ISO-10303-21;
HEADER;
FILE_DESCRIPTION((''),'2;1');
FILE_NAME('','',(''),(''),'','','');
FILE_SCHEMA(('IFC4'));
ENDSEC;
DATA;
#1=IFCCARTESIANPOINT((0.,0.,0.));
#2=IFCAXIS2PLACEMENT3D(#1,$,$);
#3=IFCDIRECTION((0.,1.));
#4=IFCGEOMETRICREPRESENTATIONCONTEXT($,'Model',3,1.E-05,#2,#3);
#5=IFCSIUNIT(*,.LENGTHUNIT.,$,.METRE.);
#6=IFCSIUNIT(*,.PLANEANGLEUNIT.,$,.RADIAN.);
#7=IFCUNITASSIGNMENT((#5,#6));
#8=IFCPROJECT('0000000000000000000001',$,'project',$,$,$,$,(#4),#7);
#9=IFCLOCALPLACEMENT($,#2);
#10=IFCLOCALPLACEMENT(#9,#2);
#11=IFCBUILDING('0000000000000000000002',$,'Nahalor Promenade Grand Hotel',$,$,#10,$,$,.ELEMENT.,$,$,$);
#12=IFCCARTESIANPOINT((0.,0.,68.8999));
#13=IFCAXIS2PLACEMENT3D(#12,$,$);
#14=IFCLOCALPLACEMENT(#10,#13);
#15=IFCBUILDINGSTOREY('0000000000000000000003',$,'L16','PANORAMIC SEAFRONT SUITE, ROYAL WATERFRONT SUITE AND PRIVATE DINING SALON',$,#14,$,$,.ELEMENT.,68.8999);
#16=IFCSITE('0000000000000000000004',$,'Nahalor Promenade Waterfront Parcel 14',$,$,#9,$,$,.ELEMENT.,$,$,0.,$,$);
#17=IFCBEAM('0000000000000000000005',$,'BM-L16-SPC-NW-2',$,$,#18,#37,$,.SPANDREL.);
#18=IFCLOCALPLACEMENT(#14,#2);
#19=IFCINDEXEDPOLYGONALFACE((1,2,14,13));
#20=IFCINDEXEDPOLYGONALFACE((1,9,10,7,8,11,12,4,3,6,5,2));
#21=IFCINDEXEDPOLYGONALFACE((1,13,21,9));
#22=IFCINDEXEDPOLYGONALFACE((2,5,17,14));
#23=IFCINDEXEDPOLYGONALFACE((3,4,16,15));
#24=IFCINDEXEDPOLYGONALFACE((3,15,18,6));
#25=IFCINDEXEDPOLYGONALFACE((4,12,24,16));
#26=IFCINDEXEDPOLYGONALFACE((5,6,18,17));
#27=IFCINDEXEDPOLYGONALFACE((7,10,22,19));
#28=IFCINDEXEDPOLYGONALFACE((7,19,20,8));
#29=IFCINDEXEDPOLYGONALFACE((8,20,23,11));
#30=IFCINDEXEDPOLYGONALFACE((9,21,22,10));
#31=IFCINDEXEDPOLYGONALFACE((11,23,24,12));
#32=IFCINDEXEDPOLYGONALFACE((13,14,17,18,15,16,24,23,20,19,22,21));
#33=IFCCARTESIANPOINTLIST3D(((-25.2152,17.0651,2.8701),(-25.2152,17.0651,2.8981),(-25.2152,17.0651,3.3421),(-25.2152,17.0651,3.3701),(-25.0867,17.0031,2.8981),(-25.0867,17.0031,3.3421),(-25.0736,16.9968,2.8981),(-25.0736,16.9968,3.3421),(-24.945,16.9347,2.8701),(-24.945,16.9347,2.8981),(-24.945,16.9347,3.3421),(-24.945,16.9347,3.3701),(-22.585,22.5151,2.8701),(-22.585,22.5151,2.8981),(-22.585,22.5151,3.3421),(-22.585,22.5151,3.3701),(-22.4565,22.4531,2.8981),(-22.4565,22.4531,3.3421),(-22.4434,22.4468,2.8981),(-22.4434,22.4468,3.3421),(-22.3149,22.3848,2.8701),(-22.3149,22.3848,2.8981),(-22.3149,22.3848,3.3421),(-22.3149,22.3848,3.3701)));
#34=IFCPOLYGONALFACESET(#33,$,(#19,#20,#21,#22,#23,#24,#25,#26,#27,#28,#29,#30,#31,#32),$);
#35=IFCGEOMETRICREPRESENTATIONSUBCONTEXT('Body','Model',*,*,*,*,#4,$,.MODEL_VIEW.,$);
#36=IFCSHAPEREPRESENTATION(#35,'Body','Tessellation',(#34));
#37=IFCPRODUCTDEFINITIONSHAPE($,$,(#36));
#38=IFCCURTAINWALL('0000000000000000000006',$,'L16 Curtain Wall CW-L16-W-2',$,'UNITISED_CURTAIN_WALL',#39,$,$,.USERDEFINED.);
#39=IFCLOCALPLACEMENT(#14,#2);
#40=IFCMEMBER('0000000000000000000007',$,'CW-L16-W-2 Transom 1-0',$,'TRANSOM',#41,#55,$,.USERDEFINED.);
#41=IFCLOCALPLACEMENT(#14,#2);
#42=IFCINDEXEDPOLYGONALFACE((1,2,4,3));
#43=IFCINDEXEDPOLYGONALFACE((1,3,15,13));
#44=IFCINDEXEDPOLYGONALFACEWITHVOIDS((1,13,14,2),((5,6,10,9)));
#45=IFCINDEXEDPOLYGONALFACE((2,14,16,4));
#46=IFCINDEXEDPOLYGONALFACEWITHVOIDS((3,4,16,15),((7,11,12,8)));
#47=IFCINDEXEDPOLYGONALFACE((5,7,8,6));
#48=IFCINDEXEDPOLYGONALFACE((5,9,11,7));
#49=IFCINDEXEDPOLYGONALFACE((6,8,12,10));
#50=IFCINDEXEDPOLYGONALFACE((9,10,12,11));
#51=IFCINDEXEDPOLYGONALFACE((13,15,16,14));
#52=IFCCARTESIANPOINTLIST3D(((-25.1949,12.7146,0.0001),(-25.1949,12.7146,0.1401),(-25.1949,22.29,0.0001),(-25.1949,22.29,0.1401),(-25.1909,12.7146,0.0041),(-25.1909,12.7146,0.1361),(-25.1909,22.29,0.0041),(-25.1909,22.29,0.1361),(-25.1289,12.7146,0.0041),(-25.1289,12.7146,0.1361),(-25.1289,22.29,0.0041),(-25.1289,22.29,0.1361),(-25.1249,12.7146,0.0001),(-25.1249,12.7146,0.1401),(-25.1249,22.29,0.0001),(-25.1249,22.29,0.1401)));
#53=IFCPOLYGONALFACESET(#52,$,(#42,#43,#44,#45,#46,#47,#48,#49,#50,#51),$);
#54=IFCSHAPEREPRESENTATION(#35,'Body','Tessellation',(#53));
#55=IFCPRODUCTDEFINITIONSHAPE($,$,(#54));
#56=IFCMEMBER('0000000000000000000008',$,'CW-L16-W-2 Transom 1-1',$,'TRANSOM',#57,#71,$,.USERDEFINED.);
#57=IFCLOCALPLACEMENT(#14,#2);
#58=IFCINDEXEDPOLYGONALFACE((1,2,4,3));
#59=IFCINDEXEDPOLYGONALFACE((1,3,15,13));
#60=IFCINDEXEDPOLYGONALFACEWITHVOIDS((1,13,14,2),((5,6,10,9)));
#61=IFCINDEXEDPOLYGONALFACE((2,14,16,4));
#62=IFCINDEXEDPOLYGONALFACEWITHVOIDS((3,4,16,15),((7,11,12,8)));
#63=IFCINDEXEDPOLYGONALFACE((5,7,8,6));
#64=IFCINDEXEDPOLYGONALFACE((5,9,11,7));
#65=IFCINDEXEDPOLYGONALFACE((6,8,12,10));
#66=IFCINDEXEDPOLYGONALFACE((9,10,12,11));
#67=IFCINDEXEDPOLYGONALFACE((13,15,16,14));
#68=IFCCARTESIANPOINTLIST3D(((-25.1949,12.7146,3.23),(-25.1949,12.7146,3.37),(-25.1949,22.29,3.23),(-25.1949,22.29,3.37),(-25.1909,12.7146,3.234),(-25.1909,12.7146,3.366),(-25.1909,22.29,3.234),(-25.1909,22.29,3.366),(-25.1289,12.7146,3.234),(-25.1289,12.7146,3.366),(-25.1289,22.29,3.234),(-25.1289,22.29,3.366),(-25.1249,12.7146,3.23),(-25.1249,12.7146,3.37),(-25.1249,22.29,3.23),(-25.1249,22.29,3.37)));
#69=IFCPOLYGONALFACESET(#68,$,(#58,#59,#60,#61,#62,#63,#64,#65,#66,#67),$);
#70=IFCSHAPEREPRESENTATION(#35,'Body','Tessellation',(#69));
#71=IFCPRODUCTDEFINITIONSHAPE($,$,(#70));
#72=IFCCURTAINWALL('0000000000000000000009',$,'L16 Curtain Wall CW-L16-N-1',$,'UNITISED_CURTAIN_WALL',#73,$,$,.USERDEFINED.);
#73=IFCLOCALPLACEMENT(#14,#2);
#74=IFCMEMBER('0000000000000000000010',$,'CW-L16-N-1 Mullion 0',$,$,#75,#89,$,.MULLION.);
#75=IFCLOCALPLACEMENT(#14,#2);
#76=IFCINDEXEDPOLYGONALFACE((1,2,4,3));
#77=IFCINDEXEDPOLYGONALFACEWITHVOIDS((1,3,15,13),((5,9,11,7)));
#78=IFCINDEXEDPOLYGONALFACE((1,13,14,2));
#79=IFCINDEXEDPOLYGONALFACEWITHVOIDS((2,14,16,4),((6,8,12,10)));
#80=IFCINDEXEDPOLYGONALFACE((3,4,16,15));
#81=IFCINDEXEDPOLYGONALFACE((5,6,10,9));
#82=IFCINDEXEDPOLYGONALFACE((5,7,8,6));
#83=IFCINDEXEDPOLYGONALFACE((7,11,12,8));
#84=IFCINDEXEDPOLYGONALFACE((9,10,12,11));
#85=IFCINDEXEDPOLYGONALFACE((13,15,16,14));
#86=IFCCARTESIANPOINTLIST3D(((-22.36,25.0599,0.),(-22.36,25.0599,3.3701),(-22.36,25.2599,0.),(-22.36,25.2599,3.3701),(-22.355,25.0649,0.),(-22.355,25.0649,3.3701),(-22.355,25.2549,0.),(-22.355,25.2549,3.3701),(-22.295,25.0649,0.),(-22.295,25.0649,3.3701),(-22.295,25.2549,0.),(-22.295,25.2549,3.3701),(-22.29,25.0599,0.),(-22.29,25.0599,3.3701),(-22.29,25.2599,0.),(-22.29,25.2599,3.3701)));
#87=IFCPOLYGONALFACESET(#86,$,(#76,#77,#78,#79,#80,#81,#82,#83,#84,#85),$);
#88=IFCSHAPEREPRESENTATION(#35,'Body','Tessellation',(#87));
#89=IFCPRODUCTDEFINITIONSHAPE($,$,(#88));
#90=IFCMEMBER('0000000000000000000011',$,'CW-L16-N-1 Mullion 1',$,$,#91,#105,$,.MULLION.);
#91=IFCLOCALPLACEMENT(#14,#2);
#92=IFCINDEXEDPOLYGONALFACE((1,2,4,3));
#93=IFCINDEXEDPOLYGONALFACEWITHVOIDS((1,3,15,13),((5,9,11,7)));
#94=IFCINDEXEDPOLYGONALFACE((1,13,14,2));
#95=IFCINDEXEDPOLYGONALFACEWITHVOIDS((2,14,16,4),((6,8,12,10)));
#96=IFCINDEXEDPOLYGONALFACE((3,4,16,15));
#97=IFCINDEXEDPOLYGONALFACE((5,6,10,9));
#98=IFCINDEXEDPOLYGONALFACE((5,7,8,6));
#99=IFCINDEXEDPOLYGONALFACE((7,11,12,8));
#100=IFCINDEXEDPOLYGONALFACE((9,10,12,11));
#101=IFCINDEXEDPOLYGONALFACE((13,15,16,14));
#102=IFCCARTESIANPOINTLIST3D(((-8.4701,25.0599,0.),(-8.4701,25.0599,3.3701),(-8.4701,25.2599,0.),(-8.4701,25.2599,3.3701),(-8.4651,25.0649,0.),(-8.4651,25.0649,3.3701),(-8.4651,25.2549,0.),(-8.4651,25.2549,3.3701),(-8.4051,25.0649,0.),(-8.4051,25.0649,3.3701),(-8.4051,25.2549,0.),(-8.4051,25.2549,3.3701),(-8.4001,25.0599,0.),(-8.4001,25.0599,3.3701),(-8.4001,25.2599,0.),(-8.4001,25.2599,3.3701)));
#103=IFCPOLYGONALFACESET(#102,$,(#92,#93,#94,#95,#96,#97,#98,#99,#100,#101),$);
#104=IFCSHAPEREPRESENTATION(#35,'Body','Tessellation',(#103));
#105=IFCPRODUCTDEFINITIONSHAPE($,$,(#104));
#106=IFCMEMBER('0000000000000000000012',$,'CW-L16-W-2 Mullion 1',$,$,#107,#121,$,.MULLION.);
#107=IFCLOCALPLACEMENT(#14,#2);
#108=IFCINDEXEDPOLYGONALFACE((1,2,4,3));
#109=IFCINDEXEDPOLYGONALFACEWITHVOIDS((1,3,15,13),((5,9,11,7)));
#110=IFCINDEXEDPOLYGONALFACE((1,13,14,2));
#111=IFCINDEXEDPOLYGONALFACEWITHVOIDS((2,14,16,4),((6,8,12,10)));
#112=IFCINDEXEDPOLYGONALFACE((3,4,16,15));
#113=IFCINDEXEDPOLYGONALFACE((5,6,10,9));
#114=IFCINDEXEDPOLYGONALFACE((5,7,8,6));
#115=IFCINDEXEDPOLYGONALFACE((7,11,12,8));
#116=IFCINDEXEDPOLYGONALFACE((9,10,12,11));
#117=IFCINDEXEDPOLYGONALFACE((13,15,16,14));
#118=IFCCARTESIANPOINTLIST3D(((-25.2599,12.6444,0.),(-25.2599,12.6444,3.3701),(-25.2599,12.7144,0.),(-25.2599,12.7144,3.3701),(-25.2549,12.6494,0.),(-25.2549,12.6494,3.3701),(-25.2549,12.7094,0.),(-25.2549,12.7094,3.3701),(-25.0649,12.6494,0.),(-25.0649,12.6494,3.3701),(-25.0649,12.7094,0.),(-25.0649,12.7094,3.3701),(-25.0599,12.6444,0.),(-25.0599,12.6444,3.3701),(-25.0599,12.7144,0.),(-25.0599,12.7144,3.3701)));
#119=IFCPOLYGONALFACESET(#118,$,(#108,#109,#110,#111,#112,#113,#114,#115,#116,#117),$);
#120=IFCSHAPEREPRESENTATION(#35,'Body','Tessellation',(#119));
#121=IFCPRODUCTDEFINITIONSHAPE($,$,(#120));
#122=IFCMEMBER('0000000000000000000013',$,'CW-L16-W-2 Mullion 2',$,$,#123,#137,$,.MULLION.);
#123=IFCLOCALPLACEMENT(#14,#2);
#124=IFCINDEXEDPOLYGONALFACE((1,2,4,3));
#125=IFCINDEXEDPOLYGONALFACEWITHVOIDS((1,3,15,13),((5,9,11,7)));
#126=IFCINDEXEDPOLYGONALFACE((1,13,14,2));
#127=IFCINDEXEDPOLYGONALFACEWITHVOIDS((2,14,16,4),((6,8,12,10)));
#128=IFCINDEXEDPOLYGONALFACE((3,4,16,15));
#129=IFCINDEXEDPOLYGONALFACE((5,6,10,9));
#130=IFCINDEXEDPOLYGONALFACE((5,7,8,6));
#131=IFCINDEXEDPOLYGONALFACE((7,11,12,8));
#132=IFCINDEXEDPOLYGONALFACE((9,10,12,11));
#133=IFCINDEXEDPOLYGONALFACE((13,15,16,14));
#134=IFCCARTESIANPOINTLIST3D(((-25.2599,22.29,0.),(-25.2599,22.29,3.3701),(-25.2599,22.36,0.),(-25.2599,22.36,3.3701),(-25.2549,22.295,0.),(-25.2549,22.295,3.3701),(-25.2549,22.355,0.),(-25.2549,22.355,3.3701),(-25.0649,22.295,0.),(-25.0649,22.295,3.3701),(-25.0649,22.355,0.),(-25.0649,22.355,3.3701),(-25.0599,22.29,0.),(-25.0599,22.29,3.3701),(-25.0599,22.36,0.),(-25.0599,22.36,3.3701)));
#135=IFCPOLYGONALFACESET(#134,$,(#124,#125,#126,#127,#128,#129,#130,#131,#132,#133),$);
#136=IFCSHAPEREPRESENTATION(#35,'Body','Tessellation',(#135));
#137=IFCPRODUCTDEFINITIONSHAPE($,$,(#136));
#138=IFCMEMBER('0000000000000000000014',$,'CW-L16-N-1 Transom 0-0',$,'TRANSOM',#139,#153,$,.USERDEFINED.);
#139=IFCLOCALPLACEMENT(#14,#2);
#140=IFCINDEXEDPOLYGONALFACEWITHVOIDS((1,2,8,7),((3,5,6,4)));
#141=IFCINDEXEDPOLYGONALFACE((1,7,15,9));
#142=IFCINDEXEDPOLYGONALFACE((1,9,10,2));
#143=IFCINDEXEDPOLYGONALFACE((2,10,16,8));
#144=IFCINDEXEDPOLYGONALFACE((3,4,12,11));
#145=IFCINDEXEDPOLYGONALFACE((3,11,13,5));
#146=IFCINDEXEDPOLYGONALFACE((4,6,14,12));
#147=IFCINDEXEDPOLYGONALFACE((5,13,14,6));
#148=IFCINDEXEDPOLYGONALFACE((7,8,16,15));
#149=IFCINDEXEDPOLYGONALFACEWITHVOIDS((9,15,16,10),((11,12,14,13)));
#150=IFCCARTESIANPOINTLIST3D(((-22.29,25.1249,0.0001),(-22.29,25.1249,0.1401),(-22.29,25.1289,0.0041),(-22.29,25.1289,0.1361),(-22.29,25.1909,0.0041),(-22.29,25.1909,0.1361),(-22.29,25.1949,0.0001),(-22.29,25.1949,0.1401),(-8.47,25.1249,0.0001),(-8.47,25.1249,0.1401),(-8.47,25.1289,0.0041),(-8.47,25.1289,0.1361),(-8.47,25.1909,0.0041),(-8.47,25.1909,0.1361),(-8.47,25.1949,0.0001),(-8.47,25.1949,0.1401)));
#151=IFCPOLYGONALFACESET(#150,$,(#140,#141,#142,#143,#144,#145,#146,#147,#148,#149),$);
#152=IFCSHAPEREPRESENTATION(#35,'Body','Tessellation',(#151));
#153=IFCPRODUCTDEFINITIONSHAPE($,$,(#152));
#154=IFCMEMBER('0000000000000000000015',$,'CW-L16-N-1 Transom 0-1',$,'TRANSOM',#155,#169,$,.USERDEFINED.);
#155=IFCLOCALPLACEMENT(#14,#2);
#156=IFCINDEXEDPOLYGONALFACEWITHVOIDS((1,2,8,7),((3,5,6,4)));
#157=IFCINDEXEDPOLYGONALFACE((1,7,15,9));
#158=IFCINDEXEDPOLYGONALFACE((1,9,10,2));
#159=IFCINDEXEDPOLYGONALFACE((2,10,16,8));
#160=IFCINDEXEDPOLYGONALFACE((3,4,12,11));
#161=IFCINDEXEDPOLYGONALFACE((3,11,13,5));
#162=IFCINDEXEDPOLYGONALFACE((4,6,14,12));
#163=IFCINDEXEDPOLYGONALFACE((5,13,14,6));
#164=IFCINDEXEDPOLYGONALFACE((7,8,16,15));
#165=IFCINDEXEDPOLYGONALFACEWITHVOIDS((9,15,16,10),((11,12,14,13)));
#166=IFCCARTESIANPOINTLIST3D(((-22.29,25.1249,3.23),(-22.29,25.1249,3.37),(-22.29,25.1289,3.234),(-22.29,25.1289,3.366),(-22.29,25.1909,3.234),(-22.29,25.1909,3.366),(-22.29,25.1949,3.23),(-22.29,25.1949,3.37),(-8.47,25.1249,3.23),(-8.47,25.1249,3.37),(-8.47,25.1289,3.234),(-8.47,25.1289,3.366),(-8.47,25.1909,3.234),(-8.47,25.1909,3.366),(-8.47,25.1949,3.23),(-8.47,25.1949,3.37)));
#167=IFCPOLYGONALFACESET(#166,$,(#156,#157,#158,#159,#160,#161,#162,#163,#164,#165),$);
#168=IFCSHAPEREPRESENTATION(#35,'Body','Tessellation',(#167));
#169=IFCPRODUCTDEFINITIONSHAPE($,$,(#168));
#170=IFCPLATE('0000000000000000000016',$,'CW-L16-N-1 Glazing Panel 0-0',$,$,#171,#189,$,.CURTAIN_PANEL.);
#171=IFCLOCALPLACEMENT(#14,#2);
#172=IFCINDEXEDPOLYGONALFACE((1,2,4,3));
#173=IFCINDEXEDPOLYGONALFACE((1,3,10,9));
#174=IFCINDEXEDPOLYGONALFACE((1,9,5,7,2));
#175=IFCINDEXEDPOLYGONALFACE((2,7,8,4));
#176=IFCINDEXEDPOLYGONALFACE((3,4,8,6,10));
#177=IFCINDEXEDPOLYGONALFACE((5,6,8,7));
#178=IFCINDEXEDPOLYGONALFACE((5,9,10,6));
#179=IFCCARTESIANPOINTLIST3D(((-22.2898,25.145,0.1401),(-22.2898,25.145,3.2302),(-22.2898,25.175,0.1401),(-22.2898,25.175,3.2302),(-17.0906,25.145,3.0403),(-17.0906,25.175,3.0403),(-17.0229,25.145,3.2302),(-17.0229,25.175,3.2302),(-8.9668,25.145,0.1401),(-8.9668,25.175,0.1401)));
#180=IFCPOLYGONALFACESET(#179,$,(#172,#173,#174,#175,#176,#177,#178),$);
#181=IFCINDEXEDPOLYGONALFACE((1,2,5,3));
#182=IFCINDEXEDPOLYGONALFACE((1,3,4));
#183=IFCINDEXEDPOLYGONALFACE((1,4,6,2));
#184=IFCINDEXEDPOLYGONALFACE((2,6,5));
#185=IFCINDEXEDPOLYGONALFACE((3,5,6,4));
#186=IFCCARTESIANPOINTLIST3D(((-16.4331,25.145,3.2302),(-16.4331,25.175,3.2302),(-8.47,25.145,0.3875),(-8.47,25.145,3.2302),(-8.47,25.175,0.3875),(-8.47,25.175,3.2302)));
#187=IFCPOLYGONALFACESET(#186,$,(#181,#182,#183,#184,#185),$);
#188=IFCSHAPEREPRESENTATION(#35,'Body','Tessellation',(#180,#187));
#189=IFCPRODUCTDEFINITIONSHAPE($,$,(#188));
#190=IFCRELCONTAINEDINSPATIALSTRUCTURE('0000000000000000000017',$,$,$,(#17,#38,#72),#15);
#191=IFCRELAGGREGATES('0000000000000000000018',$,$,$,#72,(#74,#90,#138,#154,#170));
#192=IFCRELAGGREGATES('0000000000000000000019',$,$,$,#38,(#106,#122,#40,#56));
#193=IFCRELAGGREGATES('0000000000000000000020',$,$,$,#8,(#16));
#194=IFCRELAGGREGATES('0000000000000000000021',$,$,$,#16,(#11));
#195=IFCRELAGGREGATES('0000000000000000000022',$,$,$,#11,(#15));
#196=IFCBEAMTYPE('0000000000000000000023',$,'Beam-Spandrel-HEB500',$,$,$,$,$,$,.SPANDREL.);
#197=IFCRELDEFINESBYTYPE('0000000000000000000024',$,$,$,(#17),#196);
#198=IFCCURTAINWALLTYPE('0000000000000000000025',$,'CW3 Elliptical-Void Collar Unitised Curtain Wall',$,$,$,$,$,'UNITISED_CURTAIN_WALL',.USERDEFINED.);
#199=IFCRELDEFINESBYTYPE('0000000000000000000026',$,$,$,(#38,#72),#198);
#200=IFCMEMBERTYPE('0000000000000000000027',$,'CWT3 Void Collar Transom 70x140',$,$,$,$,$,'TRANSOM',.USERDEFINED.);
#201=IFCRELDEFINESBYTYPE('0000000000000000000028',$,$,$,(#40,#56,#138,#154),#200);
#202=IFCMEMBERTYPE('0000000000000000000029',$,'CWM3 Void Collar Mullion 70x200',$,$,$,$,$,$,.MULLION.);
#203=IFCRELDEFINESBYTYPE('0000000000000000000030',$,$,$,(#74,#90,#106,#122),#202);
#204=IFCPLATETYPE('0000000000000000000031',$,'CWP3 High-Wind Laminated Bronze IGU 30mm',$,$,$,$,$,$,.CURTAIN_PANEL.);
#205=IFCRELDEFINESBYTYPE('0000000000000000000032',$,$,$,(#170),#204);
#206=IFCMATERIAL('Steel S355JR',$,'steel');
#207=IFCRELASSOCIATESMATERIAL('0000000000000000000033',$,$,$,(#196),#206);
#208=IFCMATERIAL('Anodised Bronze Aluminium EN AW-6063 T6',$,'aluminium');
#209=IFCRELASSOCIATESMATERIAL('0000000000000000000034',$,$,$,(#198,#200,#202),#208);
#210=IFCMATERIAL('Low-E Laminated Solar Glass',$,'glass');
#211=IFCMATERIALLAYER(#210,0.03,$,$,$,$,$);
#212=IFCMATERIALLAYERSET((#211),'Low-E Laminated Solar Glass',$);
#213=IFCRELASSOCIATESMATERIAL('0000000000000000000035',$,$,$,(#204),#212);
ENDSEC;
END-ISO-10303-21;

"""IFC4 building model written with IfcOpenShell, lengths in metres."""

from ifc_helpers import new_model, si_unit, direction, frame, origin, origin_2d, place, context, subcontext, project, spatial, polyline, hollow_rectangle, i_section, outline, extrude, source, transform, mapped, material, layer, layer_set, material_profile, profile_set, type_object, element, aggregate, save


model = new_model("IFC4")

# Units and contexts
model_context = context("Model", 3, precision=1e-05, world=origin(), true_north=direction((0.0, 1.0)))
body_context = subcontext(model_context, "Body", "Model", "MODEL_VIEW")
ifc_project = project(units=[si_unit("LENGTHUNIT", "METRE"), si_unit("PLANEANGLEUNIT", "RADIAN")], contexts=[model_context])

# Site, building, storey
site_placement = place(None, origin())
site = spatial("IfcSite", under=ifc_project, at=site_placement, Name="Nahalor Promenade Waterfront Parcel 14", CompositionType="ELEMENT", RefElevation=0.0)
building_placement = place(site_placement, origin())
building = spatial("IfcBuilding", under=site, at=building_placement, Name="Nahalor Promenade Grand Hotel", CompositionType="ELEMENT")
storey_placement = place(building_placement, frame((0.0, 0.0, 68.8999)))
storey = spatial("IfcBuildingStorey", under=building, at=storey_placement, Name="L16", Description="PANORAMIC SEAFRONT SUITE, ROYAL WATERFRONT SUITE AND PRIVATE DINING SALON", CompositionType="ELEMENT", Elevation=68.8999)

# Beam
ifc_material_1 = material(Name="Steel S355JR", Category="steel")
ifc_material_profile_1 = material_profile(ifc_material_1, i_section(OverallWidth=0.3, OverallDepth=0.5, WebThickness=0.0145, FlangeThickness=0.028, at=origin_2d()), Name="HEB 500")
ifc_profile_set_1 = profile_set([ifc_material_profile_1], Name="Steel S355JR")
beam_type_1 = type_object("IfcBeamType", Name="Beam-Spandrel-HEB500", PredefinedType="SPANDREL", material=ifc_profile_set_1)
shared_shape_1 = source(origin(), body_context, "Body", "SweptSolid", [
    extrude(i_section(OverallWidth=0.3, OverallDepth=0.5, WebThickness=0.0145, FlangeThickness=0.028, at=origin_2d()), origin(), (0.0, 0.0, 1.0), 6.0515),
])
for number, where, z_axis, x_axis, name in (
    (1, (-22.45, 22.45, 3.1201), (-0.434631, -0.900609, 0.0), (0.900609, -0.434631, 0.0), "BM-L16-SPC-NW-2"),
):
    element("IfcBeam", number, at=place(storey_placement, frame(where, z_axis=z_axis, x_axis=x_axis)), inside=storey, type_object=beam_type_1, Name=name, PredefinedType="SPANDREL", context=body_context, shape_type="MappedRepresentation", body=[
        mapped(shared_shape_1, transform((0.0, 0.0, 0.0), scale=1.0)),
    ])

# Curtain walls, members
ifc_material_2 = material(Name="Anodised Bronze Aluminium EN AW-6063 T6", Category="aluminium")
curtain_wall_type = type_object("IfcCurtainWallType", Name="CW3 Elliptical-Void Collar Unitised Curtain Wall", ElementType="UNITISED_CURTAIN_WALL", PredefinedType="USERDEFINED", material=ifc_material_2)
curtain_wall_1_placement = place(storey_placement, origin())
curtain_wall_1 = element("IfcCurtainWall", 2, at=curtain_wall_1_placement, inside=storey, type_object=curtain_wall_type, Name="L16 Curtain Wall CW-L16-W-2", ObjectType="UNITISED_CURTAIN_WALL", PredefinedType="USERDEFINED")
ifc_material_profile_2 = material_profile(ifc_material_2, hollow_rectangle(XDim=0.07, YDim=0.14, WallThickness=0.004, at=origin_2d()), Name="CWT 70x140x4")
ifc_profile_set_2 = profile_set([ifc_material_profile_2], Name="Anodised Bronze Aluminium EN AW-6063 T6")
member_type_1 = type_object("IfcMemberType", Name="CWT3 Void Collar Transom 70x140", ElementType="TRANSOM", PredefinedType="USERDEFINED", material=ifc_profile_set_2)
shared_shape_2 = source(origin(), body_context, "Body", "SweptSolid", [
    extrude(hollow_rectangle(XDim=0.07, YDim=0.14, WallThickness=0.004, at=origin_2d()), origin(), (0.0, 0.0, 1.0), 9.5754),
])
member_1_placement = place(storey_placement, frame((-25.1599, 12.7146, 0.0701), z_axis=(0.0, 1.0, 0.0), x_axis=(-1.0, 0.0, 0.0)))
member_1 = element("IfcMember", 3, at=member_1_placement, type_object=member_type_1, Name="CW-L16-W-2 Transom 1-0", ObjectType="TRANSOM", PredefinedType="USERDEFINED", context=body_context, shape_type="MappedRepresentation", body=[
    mapped(shared_shape_2, transform((0.0, 0.0, 0.0), scale=1.0)),
])
member_2_placement = place(storey_placement, frame((-25.1599, 12.7146, 3.3), z_axis=(0.0, 1.0, 0.0), x_axis=(-1.0, 0.0, 0.0)))
member_2 = element("IfcMember", 4, at=member_2_placement, type_object=member_type_1, Name="CW-L16-W-2 Transom 1-1", ObjectType="TRANSOM", PredefinedType="USERDEFINED", context=body_context, shape_type="MappedRepresentation", body=[
    mapped(shared_shape_2, transform((0.0, 0.0, 0.0), scale=1.0)),
])
curtain_wall_2_placement = place(storey_placement, origin())
curtain_wall_2 = element("IfcCurtainWall", 5, at=curtain_wall_2_placement, inside=storey, type_object=curtain_wall_type, Name="L16 Curtain Wall CW-L16-N-1", ObjectType="UNITISED_CURTAIN_WALL", PredefinedType="USERDEFINED")
ifc_material_profile_3 = material_profile(ifc_material_2, hollow_rectangle(XDim=0.07, YDim=0.2, WallThickness=0.005, at=origin_2d()), Name="CWM 70x200x5")
ifc_profile_set_3 = profile_set([ifc_material_profile_3], Name="Anodised Bronze Aluminium EN AW-6063 T6")
member_type_2 = type_object("IfcMemberType", Name="CWM3 Void Collar Mullion 70x200", PredefinedType="MULLION", material=ifc_profile_set_3)
shared_shape_3 = source(origin(), body_context, "Body", "SweptSolid", [
    extrude(hollow_rectangle(XDim=0.07, YDim=0.2, WallThickness=0.005, at=origin_2d()), origin(), (0.0, 0.0, 1.0), 3.3701),
])
member_3_placement = place(storey_placement, frame((-22.325, 25.1599, 0.0), z_axis=(0.0, 0.0, 1.0), x_axis=(1.0, 0.0, 0.0)))
member_3 = element("IfcMember", 6, at=member_3_placement, type_object=member_type_2, Name="CW-L16-N-1 Mullion 0", PredefinedType="MULLION", context=body_context, shape_type="MappedRepresentation", body=[
    mapped(shared_shape_3, transform((0.0, 0.0, 0.0), scale=1.0)),
])
member_4_placement = place(storey_placement, frame((-8.4351, 25.1599, 0.0), z_axis=(0.0, 0.0, 1.0), x_axis=(1.0, 0.0, 0.0)))
member_4 = element("IfcMember", 7, at=member_4_placement, type_object=member_type_2, Name="CW-L16-N-1 Mullion 1", PredefinedType="MULLION", context=body_context, shape_type="MappedRepresentation", body=[
    mapped(shared_shape_3, transform((0.0, 0.0, 0.0), scale=1.0)),
])

# Members
member_5_placement = place(storey_placement, frame((-25.1599, 12.6794, 0.0), z_axis=(0.0, 0.0, 1.0), x_axis=(0.0, 1.0, 0.0)))
member_5 = element("IfcMember", 8, at=member_5_placement, type_object=member_type_2, Name="CW-L16-W-2 Mullion 1", PredefinedType="MULLION", context=body_context, shape_type="MappedRepresentation", body=[
    mapped(shared_shape_3, transform((0.0, 0.0, 0.0), scale=1.0)),
])
member_6_placement = place(storey_placement, frame((-25.1599, 22.325, 0.0), z_axis=(0.0, 0.0, 1.0), x_axis=(0.0, 1.0, 0.0)))
member_6 = element("IfcMember", 9, at=member_6_placement, type_object=member_type_2, Name="CW-L16-W-2 Mullion 2", PredefinedType="MULLION", context=body_context, shape_type="MappedRepresentation", body=[
    mapped(shared_shape_3, transform((0.0, 0.0, 0.0), scale=1.0)),
])
shared_shape_4 = source(origin(), body_context, "Body", "SweptSolid", [
    extrude(hollow_rectangle(XDim=0.07, YDim=0.14, WallThickness=0.004, at=origin_2d()), origin(), (0.0, 0.0, 1.0), 13.8201),
])
member_7_placement = place(storey_placement, frame((-22.29, 25.1599, 0.0701), z_axis=(1.0, 0.0, 0.0), x_axis=(0.0, 1.0, 0.0)))
member_7 = element("IfcMember", 10, at=member_7_placement, type_object=member_type_1, Name="CW-L16-N-1 Transom 0-0", ObjectType="TRANSOM", PredefinedType="USERDEFINED", context=body_context, shape_type="MappedRepresentation", body=[
    mapped(shared_shape_4, transform((0.0, 0.0, 0.0), scale=1.0)),
])
member_8_placement = place(storey_placement, frame((-22.29, 25.1599, 3.3), z_axis=(1.0, 0.0, 0.0), x_axis=(0.0, 1.0, 0.0)))
member_8 = element("IfcMember", 11, at=member_8_placement, type_object=member_type_1, Name="CW-L16-N-1 Transom 0-1", ObjectType="TRANSOM", PredefinedType="USERDEFINED", context=body_context, shape_type="MappedRepresentation", body=[
    mapped(shared_shape_4, transform((0.0, 0.0, 0.0), scale=1.0)),
])

# Plate
ifc_material_3 = material(Name="Low-E Laminated Solar Glass", Category="glass")
ifc_layer_1 = layer(ifc_material_3, 0.03)
ifc_layer_set_1 = layer_set([ifc_layer_1], Name="Low-E Laminated Solar Glass")
plate_type_1 = type_object("IfcPlateType", Name="CWP3 High-Wind Laminated Bronze IGU 30mm", PredefinedType="CURTAIN_PANEL", material=ifc_layer_set_1)
plate_1_placement = place(storey_placement, frame((-15.3799, 25.1599, 0.1401), z_axis=(0.0, 0.0, 1.0), x_axis=(1.0, 0.0, 0.0)))
plate_1 = element("IfcPlate", 12, at=plate_1_placement, type_object=plate_type_1, Name="CW-L16-N-1 Glazing Panel 0-0", PredefinedType="CURTAIN_PANEL", context=body_context, shape_type="SweptSolid", body=[
    extrude(outline(polyline([(-6.9099, 3.0901), (-6.9099, 0.0), (6.4131, 0.0), (-1.7107, 2.9001), (-1.6431, 3.0901), (-6.9099, 3.0901)])), frame((0.0, 0.0151, 0.0), z_axis=(0.0, -1.0, 0.0), x_axis=(1.0, 0.0, 0.0)), (0.0, 0.0, 1.0), 0.03),
    extrude(outline(polyline([(6.9099, 0.2473), (6.9099, 3.0901), (-1.0532, 3.0901), (6.9099, 0.2473)])), frame((0.0, 0.0151, 0.0), z_axis=(0.0, -1.0, 0.0), x_axis=(1.0, 0.0, 0.0)), (0.0, 0.0, 1.0), 0.03),
])
aggregate(curtain_wall_2, [member_3, member_4, member_7, member_8, plate_1])
aggregate(curtain_wall_1, [member_5, member_6, member_1, member_2])

save(model, "model.ifc")
